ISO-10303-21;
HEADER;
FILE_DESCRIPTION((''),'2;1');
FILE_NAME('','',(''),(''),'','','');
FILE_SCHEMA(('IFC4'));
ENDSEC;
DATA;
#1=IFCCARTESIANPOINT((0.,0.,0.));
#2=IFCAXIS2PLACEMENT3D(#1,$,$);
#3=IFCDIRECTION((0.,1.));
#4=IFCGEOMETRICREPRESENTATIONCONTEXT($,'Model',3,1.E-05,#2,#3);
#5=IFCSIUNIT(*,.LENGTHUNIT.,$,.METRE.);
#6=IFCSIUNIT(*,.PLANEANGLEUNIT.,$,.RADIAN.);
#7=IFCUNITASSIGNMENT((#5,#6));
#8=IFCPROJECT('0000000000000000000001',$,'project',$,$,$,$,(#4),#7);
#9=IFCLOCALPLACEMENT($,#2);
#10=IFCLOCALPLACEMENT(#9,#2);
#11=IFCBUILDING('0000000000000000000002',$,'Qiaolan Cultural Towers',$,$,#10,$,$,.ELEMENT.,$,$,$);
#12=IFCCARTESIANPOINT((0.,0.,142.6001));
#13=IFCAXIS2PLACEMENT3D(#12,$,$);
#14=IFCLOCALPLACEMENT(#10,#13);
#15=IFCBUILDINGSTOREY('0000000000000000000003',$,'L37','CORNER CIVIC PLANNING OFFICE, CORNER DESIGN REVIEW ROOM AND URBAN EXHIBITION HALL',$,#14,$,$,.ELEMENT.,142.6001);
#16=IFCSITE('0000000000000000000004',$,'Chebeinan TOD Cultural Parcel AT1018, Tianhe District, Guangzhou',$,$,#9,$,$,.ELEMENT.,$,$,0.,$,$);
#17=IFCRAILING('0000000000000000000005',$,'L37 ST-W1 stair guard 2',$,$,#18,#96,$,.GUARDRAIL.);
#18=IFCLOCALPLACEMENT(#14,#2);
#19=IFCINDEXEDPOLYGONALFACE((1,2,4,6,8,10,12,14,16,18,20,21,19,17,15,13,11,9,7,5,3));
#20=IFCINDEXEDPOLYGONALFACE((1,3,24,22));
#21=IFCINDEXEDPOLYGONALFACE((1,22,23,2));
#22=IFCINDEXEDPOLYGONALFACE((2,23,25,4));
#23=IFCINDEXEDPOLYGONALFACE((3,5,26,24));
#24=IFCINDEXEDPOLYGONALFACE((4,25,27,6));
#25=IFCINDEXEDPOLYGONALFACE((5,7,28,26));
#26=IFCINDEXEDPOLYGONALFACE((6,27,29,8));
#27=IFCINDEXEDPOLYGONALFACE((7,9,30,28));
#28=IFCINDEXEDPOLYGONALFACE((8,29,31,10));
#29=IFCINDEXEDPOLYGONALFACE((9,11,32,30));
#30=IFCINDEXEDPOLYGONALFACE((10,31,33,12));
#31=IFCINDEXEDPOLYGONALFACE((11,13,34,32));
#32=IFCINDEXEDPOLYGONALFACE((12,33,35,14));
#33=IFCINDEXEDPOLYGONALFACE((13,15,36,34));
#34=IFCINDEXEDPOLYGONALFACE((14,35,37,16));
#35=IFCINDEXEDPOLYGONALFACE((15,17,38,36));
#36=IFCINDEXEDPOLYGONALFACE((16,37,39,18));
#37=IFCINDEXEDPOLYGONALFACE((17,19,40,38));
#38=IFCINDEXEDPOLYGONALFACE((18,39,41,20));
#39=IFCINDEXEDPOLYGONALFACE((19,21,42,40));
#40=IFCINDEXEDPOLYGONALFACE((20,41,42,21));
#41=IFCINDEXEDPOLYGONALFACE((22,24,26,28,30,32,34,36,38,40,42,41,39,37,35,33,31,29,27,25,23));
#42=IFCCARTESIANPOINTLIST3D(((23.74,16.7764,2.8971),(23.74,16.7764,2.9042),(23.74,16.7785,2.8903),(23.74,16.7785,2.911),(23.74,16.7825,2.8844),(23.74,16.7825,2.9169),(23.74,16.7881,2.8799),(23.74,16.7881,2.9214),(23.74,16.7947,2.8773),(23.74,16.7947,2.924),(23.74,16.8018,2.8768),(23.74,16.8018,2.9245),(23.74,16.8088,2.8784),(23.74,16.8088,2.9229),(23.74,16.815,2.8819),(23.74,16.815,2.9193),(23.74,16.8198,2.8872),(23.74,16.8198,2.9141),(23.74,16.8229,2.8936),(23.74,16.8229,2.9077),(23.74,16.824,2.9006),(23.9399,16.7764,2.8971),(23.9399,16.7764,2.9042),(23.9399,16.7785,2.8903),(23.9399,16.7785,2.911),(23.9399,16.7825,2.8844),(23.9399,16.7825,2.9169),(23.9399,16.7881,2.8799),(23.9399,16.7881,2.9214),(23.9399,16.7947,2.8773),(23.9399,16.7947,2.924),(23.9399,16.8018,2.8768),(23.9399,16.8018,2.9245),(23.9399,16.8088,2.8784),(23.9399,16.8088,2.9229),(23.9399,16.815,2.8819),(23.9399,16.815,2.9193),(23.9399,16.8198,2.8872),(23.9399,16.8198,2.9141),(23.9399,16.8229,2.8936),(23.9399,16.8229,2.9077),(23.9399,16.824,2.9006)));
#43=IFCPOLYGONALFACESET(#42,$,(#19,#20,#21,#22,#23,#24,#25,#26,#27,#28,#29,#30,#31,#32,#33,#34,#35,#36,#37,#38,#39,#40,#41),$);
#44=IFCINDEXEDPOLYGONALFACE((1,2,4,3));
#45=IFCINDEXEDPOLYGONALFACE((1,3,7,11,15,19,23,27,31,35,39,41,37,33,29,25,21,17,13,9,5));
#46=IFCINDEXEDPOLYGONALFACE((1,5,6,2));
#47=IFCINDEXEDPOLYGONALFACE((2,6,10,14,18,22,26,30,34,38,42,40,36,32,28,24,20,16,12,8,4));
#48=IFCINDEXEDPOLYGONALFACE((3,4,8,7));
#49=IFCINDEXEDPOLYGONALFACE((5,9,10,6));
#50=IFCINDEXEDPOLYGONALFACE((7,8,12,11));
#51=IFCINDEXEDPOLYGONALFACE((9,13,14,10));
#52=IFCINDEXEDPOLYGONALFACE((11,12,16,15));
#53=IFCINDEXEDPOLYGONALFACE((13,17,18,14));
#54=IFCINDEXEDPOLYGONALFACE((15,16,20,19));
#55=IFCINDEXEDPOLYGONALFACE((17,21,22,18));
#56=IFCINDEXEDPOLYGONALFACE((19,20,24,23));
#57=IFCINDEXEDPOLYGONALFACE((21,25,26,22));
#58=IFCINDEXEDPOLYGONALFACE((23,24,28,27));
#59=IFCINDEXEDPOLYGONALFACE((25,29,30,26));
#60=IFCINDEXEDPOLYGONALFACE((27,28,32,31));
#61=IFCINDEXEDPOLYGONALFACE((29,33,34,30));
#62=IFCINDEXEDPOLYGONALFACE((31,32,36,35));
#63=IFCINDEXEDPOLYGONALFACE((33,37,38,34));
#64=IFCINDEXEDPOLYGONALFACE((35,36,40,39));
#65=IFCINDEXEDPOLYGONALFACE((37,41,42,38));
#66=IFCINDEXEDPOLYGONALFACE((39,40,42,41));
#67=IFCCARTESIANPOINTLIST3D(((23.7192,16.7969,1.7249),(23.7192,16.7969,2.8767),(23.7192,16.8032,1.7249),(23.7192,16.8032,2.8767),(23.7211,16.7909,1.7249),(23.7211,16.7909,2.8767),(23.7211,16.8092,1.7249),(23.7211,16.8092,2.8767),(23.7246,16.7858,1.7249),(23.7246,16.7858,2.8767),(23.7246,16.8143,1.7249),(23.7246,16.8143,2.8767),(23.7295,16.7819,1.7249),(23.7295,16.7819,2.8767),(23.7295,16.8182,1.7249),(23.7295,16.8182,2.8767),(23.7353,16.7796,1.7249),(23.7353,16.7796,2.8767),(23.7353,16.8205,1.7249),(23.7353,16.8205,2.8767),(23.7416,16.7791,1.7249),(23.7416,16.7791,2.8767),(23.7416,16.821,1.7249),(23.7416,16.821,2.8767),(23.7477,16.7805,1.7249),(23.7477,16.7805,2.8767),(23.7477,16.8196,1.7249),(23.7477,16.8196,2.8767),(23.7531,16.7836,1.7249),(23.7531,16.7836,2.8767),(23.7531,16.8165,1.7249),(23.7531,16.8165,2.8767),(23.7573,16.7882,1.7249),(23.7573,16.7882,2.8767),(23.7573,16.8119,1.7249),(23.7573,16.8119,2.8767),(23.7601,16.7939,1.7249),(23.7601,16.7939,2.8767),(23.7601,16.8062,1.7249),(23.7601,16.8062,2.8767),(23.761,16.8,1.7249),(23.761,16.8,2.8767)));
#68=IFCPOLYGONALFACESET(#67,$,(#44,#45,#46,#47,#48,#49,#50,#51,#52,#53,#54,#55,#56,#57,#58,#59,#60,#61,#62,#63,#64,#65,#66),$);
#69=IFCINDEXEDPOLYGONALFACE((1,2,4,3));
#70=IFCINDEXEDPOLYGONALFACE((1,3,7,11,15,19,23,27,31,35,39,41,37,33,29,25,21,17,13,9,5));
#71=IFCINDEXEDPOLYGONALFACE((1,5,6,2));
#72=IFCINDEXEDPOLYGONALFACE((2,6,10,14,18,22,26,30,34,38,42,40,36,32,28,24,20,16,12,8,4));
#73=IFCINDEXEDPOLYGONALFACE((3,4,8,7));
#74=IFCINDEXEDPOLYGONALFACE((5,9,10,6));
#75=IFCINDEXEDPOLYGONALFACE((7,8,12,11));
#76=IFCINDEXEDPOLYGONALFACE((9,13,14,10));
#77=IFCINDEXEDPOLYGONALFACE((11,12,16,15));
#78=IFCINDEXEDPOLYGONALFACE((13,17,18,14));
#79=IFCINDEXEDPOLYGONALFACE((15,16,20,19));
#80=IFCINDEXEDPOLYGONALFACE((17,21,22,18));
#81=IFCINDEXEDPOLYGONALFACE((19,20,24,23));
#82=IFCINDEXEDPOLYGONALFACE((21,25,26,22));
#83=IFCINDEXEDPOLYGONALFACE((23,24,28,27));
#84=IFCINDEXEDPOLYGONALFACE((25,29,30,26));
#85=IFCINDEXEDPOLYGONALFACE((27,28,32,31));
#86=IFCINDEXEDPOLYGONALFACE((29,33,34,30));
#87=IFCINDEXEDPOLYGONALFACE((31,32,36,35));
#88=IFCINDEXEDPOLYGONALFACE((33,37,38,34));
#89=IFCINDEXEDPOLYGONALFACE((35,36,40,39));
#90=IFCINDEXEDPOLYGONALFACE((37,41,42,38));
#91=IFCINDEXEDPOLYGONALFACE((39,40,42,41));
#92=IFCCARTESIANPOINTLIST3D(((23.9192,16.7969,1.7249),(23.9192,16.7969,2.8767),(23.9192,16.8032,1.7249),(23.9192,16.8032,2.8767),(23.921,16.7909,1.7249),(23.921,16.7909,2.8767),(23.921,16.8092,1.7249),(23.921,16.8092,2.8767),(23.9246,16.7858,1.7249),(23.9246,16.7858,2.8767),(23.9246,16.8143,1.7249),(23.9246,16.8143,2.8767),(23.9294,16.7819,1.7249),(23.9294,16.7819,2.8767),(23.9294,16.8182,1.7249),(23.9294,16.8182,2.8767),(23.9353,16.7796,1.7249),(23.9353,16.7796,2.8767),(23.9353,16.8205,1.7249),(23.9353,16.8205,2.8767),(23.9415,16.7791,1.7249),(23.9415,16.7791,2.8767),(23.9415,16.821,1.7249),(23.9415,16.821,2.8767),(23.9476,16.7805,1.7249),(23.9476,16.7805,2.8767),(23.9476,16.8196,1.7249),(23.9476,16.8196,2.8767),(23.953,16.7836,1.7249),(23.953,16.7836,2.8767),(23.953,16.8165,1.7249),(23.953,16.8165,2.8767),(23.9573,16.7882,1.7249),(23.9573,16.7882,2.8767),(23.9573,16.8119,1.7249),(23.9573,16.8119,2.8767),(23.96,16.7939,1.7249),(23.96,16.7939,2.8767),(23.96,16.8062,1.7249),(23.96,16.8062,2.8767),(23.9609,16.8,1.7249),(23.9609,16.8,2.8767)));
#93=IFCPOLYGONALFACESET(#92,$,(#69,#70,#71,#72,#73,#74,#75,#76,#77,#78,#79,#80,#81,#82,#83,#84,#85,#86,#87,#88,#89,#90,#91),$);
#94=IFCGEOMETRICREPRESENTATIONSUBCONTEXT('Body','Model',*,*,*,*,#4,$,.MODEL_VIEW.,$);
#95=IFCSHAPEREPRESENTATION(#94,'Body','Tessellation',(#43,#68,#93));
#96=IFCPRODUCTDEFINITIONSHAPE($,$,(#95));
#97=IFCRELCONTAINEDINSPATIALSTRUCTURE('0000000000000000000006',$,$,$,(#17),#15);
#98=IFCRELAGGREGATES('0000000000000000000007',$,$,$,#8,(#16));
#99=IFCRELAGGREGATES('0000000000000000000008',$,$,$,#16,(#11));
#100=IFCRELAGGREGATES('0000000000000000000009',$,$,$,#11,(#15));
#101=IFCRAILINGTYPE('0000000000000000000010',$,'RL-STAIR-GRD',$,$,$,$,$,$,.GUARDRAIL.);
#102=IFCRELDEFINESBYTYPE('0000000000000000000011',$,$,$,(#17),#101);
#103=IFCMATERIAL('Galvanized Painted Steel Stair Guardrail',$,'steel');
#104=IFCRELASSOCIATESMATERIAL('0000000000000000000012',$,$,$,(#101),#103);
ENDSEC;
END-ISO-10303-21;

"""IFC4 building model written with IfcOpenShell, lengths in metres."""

from ifc_helpers import new_model, si_unit, direction, frame, origin, origin_2d, place, context, subcontext, project, spatial, circle, extrude, material, type_object, element, save


model = new_model("IFC4")

# Units and contexts
model_context = context("Model", 3, precision=1e-05, world=origin(), true_north=direction((0.0, 1.0)))
body_context = subcontext(model_context, "Body", "Model", "MODEL_VIEW")
ifc_project = project(units=[si_unit("LENGTHUNIT", "METRE"), si_unit("PLANEANGLEUNIT", "RADIAN")], contexts=[model_context])

# Site, building, storey
site_placement = place(None, origin())
site = spatial("IfcSite", under=ifc_project, at=site_placement, Name="Chebeinan TOD Cultural Parcel AT1018, Tianhe District, Guangzhou", CompositionType="ELEMENT", RefElevation=0.0)
building_placement = place(site_placement, origin())
building = spatial("IfcBuilding", under=site, at=building_placement, Name="Qiaolan Cultural Towers", CompositionType="ELEMENT")
storey_placement = place(building_placement, frame((0.0, 0.0, 142.6001)))
storey = spatial("IfcBuildingStorey", under=building, at=storey_placement, Name="L37", Description="CORNER CIVIC PLANNING OFFICE, CORNER DESIGN REVIEW ROOM AND URBAN EXHIBITION HALL", CompositionType="ELEMENT", Elevation=142.6001)

# Railing
ifc_material_1 = material(Name="Galvanized Painted Steel Stair Guardrail", Category="steel")
railing_type_1 = type_object("IfcRailingType", Name="RL-STAIR-GRD", PredefinedType="GUARDRAIL", material=ifc_material_1)
railing_1_placement = place(storey_placement, frame((23.74, 16.8, 1.7249)))
element("IfcRailing", 1, at=railing_1_placement, inside=storey, type_object=railing_type_1, Name="L37 ST-W1 stair guard 2", PredefinedType="GUARDRAIL", context=body_context, shape_type="SweptSolid", body=[
    extrude(circle(Radius=0.0239, at=origin_2d()), frame((0.0, 0.0, 1.1758), z_axis=(1.0, 0.0, 0.0), x_axis=(0.0, 1.0, 0.0)), (0.0, 0.0, 1.0), 0.2),
    extrude(circle(Radius=0.021, at=origin_2d()), origin(), (0.0, 0.0, 1.0), 1.1519),
    extrude(circle(Radius=0.021, at=origin_2d()), frame((0.2, 0.0, 0.0)), (0.0, 0.0, 1.0), 1.1519),
])

save(model, "model.ifc")
